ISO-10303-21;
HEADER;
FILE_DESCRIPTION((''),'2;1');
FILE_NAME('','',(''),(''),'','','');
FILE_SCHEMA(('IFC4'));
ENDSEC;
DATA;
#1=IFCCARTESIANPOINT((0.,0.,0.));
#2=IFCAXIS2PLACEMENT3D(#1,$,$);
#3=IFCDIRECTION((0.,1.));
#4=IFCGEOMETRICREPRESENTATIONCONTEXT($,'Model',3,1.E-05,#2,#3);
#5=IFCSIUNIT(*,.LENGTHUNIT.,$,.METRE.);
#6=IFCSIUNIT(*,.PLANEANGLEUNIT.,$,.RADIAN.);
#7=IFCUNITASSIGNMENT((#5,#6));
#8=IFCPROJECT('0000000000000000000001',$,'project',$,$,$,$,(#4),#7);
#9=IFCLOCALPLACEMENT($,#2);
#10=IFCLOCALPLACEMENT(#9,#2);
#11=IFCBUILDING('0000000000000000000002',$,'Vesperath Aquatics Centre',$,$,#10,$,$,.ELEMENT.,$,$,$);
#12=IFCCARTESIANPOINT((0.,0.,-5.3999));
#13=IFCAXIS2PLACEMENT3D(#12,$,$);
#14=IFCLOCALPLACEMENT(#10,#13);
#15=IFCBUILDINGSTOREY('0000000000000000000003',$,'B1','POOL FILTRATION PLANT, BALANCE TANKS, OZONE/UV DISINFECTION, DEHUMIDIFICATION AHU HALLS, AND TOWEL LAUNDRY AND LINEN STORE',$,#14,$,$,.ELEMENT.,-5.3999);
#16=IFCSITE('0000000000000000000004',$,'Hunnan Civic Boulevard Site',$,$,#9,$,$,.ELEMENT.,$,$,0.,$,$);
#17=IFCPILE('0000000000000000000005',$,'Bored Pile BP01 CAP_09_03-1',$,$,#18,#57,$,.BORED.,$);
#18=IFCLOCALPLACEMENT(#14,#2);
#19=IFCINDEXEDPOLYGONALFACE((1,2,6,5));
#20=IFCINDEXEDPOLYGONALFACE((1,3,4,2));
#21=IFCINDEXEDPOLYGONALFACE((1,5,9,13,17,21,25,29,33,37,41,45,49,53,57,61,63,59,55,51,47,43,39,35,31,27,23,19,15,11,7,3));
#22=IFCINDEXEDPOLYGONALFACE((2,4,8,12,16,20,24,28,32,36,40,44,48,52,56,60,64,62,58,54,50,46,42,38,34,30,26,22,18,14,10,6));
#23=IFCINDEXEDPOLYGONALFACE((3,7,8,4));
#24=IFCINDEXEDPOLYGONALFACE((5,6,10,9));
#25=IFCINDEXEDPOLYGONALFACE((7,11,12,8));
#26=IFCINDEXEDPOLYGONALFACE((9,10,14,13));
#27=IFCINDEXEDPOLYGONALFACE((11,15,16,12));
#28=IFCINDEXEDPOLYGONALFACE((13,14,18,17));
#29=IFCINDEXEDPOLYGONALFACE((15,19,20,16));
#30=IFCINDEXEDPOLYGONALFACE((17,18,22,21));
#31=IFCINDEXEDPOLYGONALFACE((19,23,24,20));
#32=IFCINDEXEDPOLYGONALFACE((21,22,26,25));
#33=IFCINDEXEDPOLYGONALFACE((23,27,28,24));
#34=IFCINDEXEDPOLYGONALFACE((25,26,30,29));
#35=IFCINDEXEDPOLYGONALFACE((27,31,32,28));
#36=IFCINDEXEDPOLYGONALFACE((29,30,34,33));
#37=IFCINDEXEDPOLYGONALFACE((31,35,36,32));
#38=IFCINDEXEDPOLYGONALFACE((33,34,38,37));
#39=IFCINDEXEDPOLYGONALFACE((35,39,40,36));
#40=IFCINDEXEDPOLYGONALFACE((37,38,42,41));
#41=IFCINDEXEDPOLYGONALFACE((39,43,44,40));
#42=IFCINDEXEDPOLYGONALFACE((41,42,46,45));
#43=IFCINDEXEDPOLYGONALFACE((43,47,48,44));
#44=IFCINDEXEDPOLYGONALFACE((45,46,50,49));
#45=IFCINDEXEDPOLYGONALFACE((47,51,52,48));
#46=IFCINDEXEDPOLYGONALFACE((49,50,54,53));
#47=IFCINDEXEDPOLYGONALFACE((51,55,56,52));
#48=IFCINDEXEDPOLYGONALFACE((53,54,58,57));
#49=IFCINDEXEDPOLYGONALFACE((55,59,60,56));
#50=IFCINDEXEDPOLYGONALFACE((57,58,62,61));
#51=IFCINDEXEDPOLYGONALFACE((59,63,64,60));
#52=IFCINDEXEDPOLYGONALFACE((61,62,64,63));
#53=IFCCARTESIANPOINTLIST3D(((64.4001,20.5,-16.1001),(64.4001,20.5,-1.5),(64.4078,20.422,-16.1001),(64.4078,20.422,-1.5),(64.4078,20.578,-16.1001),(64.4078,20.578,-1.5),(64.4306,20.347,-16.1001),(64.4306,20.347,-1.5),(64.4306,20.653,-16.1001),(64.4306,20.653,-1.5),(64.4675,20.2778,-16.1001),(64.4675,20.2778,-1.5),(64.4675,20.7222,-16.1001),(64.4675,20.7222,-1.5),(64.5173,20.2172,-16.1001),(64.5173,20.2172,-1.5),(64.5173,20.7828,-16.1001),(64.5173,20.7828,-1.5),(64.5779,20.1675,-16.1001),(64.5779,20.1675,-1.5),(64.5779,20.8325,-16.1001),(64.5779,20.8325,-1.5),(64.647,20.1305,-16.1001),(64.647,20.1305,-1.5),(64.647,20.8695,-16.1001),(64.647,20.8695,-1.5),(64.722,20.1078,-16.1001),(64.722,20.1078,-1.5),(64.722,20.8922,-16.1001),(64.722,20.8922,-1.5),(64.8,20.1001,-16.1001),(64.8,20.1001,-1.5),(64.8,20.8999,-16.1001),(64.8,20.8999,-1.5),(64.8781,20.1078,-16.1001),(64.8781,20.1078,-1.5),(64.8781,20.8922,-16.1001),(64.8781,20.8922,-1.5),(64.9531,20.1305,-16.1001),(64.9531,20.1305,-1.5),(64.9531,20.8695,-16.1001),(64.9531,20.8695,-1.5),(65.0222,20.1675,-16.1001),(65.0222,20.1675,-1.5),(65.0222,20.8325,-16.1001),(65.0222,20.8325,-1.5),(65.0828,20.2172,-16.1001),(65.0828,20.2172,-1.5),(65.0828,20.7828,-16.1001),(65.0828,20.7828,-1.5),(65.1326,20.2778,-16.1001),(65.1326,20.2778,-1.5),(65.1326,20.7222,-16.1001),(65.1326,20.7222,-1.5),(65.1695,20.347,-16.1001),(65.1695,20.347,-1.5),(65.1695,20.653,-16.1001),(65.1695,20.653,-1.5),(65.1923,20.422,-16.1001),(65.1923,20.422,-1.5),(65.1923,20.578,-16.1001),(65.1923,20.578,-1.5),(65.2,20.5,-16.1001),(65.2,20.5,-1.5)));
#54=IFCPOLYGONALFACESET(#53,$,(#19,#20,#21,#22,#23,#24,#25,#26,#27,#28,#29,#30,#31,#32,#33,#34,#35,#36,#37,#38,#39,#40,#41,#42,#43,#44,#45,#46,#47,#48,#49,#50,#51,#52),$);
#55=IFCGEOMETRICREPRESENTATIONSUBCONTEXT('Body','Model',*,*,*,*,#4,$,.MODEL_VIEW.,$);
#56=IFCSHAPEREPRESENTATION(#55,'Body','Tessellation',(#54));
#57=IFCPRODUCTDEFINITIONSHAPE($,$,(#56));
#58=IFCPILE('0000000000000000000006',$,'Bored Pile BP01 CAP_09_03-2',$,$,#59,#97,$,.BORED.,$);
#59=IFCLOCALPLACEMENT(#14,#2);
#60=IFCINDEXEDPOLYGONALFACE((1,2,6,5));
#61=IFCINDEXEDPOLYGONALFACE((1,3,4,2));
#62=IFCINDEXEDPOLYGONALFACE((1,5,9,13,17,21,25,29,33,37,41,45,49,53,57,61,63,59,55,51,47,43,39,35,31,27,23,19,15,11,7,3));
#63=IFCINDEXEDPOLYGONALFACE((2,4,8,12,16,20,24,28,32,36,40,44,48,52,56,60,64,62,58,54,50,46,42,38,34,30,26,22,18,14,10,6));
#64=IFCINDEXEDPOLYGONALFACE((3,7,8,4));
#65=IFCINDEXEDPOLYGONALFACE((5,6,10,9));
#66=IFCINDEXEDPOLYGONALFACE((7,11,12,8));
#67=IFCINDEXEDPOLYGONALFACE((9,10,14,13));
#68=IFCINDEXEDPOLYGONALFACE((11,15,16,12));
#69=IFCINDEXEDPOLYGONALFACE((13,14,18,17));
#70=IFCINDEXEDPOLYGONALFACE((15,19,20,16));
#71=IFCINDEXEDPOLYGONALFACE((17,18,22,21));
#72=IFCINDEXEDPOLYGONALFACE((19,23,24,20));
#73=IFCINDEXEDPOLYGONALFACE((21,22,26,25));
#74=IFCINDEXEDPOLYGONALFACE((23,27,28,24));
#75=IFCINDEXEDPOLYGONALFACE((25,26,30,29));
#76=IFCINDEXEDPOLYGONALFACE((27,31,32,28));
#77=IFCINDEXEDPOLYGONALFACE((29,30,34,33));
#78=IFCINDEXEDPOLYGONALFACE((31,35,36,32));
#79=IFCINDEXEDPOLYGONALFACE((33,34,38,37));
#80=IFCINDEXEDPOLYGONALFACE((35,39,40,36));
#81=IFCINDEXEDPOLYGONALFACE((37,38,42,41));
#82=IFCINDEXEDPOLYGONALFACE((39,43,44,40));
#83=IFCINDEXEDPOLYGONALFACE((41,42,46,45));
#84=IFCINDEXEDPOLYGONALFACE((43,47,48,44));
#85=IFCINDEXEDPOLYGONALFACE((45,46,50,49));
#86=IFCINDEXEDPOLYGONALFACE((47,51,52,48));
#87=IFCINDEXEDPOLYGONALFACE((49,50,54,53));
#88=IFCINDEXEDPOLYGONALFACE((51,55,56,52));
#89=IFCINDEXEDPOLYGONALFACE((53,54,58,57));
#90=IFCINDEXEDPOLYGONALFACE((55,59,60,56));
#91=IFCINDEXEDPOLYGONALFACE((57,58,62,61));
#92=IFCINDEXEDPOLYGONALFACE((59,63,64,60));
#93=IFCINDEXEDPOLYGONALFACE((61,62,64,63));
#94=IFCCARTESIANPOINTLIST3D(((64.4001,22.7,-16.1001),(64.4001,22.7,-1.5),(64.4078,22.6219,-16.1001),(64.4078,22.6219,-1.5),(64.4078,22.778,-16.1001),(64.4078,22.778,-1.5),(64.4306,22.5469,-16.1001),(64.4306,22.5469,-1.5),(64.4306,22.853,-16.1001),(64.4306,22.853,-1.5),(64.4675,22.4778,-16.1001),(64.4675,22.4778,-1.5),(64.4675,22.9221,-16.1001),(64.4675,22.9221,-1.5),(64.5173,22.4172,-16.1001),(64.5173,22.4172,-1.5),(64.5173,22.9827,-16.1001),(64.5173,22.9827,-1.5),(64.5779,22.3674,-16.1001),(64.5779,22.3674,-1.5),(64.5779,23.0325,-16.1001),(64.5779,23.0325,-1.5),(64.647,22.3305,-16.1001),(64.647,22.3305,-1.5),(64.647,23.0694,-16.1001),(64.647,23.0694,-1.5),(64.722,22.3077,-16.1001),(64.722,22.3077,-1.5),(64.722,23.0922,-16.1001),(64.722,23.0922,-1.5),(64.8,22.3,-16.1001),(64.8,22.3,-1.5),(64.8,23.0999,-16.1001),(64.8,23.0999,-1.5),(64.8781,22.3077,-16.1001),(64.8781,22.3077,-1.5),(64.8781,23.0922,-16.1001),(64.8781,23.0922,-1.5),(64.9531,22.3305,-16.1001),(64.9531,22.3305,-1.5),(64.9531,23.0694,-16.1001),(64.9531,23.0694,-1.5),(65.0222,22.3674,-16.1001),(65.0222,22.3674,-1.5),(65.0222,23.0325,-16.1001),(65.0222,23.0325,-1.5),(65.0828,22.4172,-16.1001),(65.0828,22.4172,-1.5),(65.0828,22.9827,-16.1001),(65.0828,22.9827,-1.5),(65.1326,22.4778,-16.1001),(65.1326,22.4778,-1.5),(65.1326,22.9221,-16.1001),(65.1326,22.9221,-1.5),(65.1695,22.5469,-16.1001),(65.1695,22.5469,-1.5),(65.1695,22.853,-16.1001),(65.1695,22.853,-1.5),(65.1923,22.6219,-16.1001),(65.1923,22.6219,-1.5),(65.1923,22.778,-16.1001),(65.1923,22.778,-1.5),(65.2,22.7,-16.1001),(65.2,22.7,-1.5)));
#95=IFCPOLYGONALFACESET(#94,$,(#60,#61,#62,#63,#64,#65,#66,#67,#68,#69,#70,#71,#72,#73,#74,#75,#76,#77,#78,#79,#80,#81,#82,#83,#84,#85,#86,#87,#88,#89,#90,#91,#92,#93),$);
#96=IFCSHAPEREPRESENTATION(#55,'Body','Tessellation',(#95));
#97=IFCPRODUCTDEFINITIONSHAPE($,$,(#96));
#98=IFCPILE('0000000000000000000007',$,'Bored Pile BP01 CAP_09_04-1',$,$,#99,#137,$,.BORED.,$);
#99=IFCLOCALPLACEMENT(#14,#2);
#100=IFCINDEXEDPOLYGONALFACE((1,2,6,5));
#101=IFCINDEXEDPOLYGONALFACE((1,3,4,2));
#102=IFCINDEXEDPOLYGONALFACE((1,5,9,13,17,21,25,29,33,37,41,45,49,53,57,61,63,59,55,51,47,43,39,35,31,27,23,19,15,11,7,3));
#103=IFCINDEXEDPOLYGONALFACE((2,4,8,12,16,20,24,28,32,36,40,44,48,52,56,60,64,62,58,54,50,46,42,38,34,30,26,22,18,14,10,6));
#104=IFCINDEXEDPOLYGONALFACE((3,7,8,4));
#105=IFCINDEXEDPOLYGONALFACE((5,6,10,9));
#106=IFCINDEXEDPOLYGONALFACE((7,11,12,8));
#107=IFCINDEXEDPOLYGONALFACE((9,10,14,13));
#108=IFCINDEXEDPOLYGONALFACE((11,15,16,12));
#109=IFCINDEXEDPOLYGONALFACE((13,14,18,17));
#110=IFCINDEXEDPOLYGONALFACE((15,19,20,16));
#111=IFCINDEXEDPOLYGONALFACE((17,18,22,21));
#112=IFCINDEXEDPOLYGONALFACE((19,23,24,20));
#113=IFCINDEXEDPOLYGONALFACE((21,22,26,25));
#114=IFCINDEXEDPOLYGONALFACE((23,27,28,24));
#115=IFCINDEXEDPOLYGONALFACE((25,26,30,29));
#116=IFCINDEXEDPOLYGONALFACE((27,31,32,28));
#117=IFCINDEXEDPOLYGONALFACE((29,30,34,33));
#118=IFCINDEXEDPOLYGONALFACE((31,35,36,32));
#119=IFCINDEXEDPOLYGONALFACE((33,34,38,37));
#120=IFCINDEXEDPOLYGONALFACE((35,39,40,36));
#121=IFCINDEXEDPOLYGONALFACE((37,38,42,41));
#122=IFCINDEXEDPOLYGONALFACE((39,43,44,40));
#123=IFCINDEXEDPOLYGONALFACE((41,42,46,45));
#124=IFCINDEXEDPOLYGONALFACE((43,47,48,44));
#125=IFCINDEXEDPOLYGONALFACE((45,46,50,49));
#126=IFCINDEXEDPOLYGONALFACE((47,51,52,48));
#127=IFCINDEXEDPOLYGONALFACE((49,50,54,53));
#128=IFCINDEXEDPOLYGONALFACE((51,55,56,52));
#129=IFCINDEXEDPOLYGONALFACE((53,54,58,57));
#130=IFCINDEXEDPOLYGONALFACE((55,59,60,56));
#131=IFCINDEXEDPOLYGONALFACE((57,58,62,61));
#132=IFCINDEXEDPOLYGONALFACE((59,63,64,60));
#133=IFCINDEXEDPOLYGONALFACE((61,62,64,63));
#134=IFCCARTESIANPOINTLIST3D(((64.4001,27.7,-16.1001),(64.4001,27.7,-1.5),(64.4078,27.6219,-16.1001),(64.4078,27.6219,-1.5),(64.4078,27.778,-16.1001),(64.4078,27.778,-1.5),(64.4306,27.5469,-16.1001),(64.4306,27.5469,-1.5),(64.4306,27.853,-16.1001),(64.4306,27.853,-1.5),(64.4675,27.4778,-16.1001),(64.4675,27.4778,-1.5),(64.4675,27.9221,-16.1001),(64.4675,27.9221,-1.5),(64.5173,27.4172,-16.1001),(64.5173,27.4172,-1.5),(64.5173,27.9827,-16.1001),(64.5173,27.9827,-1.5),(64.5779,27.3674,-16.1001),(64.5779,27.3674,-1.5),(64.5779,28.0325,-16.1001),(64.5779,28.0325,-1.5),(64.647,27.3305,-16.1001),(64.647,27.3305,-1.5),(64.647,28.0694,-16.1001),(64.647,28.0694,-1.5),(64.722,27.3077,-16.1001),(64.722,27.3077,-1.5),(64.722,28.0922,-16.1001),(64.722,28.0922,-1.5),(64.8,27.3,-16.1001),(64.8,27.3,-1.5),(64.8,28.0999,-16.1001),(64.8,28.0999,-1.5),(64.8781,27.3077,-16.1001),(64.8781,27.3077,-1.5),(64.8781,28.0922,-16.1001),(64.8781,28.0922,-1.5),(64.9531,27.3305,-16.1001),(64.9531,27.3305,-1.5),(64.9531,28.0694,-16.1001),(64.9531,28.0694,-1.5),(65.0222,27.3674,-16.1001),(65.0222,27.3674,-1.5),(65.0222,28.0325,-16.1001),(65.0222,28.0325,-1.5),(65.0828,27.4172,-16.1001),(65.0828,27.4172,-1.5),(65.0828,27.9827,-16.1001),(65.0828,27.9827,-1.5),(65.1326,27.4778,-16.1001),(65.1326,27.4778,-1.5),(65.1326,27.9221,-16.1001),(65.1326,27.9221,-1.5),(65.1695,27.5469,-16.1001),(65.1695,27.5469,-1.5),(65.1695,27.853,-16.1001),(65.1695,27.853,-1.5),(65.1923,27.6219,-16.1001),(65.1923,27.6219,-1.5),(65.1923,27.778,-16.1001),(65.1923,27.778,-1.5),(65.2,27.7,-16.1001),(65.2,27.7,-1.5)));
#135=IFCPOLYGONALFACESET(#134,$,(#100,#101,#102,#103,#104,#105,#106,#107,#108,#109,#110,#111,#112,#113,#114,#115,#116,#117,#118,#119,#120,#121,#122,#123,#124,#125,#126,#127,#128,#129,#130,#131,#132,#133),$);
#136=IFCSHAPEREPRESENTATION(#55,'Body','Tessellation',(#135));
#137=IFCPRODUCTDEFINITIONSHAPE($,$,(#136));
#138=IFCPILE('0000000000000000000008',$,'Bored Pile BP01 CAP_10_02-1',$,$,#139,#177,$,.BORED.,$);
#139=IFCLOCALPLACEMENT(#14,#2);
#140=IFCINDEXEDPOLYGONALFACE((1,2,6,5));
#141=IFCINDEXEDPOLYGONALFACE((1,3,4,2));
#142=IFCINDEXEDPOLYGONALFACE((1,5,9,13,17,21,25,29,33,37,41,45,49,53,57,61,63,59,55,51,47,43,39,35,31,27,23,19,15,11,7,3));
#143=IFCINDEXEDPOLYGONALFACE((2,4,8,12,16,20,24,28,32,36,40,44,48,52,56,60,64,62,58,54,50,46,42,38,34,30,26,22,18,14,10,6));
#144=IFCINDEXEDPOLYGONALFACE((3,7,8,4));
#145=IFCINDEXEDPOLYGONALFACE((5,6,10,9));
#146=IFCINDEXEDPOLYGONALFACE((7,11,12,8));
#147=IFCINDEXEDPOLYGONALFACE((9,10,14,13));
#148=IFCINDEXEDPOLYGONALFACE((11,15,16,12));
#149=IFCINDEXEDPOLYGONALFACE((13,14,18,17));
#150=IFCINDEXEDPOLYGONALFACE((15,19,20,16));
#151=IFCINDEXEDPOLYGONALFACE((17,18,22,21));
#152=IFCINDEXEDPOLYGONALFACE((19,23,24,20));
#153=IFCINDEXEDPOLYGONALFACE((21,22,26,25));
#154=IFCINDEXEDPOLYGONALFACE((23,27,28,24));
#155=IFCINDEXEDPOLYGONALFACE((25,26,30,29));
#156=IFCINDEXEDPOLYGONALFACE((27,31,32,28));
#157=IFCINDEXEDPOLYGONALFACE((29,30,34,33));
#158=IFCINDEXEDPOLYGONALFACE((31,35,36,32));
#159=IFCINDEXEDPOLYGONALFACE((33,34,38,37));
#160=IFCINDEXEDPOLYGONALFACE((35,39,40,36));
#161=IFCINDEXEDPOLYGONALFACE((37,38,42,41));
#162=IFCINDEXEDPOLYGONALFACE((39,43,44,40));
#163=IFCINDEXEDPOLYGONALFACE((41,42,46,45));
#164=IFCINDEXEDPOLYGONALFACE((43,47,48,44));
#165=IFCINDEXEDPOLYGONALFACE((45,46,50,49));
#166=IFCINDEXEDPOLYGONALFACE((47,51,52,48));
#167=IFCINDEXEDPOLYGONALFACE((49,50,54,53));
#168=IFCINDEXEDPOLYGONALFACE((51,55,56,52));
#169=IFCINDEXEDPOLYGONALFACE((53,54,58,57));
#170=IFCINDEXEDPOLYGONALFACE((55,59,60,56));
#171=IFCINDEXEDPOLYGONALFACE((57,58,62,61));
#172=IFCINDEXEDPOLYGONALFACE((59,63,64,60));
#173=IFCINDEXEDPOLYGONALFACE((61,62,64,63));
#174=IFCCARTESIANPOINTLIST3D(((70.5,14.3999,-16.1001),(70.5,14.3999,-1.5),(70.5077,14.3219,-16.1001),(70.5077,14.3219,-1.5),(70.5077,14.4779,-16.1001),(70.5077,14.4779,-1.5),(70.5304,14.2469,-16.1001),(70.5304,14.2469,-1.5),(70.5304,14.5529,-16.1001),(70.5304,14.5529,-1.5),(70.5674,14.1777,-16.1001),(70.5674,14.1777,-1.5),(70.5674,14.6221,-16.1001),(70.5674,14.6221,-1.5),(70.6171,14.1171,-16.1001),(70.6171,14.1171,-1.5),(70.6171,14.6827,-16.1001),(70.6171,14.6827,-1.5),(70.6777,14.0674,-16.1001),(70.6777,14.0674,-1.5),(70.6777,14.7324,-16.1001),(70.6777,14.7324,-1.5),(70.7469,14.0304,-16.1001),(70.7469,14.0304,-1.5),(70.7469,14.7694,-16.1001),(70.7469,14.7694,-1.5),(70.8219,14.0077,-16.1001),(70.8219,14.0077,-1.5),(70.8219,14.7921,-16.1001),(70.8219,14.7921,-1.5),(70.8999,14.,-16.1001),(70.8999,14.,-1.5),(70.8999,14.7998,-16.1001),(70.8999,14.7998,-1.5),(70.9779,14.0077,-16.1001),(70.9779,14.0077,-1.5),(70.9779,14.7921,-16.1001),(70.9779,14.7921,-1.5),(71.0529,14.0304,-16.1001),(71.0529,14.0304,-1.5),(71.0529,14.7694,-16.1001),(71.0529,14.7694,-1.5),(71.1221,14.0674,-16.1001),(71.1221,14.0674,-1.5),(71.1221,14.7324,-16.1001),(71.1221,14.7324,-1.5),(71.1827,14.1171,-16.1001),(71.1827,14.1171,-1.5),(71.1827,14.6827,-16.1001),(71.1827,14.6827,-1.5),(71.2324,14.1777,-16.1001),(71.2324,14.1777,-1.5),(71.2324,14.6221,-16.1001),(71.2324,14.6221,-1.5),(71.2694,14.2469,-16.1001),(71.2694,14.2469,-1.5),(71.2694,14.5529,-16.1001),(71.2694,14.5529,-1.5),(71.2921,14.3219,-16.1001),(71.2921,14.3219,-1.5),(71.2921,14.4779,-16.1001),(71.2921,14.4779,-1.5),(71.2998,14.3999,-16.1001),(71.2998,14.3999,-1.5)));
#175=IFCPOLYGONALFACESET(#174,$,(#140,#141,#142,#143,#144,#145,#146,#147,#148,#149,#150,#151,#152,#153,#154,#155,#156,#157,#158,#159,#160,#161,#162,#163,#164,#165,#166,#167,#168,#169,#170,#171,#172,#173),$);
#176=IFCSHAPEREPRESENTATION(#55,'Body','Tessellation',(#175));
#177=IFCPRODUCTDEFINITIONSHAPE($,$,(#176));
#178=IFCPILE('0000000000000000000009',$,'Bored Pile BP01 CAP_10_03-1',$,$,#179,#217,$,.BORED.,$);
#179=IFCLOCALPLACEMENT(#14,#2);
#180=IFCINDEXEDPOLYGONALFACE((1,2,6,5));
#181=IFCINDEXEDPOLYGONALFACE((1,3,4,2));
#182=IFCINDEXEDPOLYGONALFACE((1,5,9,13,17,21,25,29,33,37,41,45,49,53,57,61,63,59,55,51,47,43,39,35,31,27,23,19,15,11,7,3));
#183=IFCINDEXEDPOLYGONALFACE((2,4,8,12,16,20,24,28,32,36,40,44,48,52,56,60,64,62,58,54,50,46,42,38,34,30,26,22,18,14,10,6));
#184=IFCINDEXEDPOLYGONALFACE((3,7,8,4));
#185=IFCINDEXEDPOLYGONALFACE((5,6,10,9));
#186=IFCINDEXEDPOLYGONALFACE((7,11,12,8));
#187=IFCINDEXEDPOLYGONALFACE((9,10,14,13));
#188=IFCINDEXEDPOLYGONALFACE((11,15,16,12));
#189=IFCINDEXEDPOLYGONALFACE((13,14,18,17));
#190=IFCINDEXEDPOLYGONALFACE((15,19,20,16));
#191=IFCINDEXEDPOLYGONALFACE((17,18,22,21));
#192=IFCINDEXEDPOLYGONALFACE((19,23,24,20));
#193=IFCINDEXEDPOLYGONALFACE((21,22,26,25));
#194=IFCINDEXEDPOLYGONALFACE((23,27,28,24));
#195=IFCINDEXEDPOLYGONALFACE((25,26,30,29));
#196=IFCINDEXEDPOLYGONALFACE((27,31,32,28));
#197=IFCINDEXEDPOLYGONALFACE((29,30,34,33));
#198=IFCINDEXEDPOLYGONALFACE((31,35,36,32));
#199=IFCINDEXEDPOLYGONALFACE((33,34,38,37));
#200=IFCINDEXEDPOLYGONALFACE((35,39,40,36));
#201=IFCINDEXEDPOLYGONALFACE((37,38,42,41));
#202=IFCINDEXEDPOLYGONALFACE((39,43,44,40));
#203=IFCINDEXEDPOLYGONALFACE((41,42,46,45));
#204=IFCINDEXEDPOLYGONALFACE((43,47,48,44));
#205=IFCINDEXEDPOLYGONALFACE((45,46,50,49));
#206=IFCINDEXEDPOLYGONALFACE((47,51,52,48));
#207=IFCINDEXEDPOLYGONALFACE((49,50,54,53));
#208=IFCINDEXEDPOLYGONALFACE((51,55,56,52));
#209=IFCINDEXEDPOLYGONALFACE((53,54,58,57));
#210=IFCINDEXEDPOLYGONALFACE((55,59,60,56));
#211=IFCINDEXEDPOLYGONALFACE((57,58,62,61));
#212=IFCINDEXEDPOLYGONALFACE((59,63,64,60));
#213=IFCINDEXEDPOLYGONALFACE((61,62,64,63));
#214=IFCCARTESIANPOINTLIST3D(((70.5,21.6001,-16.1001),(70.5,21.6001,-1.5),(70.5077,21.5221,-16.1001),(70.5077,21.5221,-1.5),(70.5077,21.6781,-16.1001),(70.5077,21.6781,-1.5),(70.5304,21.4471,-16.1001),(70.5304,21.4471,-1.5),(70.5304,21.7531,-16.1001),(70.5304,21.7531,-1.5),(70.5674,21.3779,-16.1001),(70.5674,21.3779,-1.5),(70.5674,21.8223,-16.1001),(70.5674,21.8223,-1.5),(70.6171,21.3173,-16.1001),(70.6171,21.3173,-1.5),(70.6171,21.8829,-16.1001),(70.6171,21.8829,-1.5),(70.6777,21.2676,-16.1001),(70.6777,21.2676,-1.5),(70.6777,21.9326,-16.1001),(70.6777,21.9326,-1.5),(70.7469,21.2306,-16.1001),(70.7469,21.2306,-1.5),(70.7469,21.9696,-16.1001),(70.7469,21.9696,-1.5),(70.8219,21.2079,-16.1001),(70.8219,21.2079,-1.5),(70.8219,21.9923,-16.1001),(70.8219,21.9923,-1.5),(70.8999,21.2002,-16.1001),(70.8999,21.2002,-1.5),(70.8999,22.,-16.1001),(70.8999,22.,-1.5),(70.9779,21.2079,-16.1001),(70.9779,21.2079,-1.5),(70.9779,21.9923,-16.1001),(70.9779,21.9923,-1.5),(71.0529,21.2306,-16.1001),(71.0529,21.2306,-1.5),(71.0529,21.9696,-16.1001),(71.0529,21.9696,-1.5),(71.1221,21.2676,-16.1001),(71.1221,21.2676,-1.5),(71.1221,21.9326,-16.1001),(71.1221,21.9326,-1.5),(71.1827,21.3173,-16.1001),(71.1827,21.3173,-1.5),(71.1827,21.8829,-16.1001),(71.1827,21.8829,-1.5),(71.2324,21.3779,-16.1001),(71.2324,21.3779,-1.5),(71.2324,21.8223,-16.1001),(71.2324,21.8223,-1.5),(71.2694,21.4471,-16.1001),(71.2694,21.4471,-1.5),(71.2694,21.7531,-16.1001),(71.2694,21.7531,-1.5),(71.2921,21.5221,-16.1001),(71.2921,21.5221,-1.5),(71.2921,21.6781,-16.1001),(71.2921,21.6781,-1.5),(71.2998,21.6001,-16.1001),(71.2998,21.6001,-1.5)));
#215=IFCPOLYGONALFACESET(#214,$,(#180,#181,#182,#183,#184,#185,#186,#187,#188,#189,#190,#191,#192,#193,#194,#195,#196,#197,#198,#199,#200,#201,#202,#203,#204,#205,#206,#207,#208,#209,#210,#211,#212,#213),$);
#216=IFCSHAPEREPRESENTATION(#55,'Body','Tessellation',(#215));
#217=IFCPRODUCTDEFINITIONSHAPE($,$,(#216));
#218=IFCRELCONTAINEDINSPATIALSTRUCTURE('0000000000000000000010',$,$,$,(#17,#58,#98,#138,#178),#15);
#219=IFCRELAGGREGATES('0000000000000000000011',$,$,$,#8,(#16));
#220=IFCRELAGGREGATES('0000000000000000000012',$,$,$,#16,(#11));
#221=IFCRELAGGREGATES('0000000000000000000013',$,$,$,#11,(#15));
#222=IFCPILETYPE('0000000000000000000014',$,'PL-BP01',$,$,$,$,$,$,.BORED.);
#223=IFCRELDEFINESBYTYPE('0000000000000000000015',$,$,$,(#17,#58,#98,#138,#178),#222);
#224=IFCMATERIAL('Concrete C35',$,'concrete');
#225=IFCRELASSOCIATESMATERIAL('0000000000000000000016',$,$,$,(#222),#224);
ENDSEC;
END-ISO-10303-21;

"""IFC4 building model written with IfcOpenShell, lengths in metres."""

from ifc_helpers import new_model, si_unit, direction, frame, origin, origin_2d, place, context, subcontext, project, spatial, circle, extrude, material, material_profile, profile_set, type_object, element, save


model = new_model("IFC4")

# Units and contexts
model_context = context("Model", 3, precision=1e-05, world=origin(), true_north=direction((0.0, 1.0)))
body_context = subcontext(model_context, "Body", "Model", "MODEL_VIEW")
ifc_project = project(units=[si_unit("LENGTHUNIT", "METRE"), si_unit("PLANEANGLEUNIT", "RADIAN")], contexts=[model_context])

# Site, building, storey
site_placement = place(None, origin())
site = spatial("IfcSite", under=ifc_project, at=site_placement, Name="Hunnan Civic Boulevard Site", CompositionType="ELEMENT", RefElevation=0.0)
building_placement = place(site_placement, origin())
building = spatial("IfcBuilding", under=site, at=building_placement, Name="Vesperath Aquatics Centre", CompositionType="ELEMENT")
storey_placement = place(building_placement, frame((0.0, 0.0, -5.3999)))
storey = spatial("IfcBuildingStorey", under=building, at=storey_placement, Name="B1", Description="POOL FILTRATION PLANT, BALANCE TANKS, OZONE/UV DISINFECTION, DEHUMIDIFICATION AHU HALLS, AND TOWEL LAUNDRY AND LINEN STORE", CompositionType="ELEMENT", Elevation=-5.3999)

# Piles
ifc_material_1 = material(Name="Concrete C35", Category="concrete")
ifc_material_profile_1 = material_profile(ifc_material_1, circle(Radius=0.3999, at=origin_2d()), Name="PILE D800")
ifc_profile_set_1 = profile_set([ifc_material_profile_1], Name="Concrete C35")
pile_type_1 = type_object("IfcPileType", Name="PL-BP01", PredefinedType="BORED", material=ifc_profile_set_1)
for number, where, z_axis, x_axis, name in (
    (1, (64.8, 20.5, -1.5), (0.0, 0.0, -1.0), (1.0, 0.0, 0.0), "Bored Pile BP01 CAP_09_03-1"),
    (2, (64.8, 22.7, -1.5), (0.0, 0.0, -1.0), (1.0, 0.0, 0.0), "Bored Pile BP01 CAP_09_03-2"),
    (3, (64.8, 27.7, -1.5), (0.0, 0.0, -1.0), (1.0, 0.0, 0.0), "Bored Pile BP01 CAP_09_04-1"),
    (4, (70.8999, 14.3999, -1.5), (0.0, 0.0, -1.0), (1.0, 0.0, 0.0), "Bored Pile BP01 CAP_10_02-1"),
    (5, (70.8999, 21.6001, -1.5), (0.0, 0.0, -1.0), (1.0, 0.0, 0.0), "Bored Pile BP01 CAP_10_03-1"),
):
    element("IfcPile", number, at=place(storey_placement, frame(where, z_axis=z_axis, x_axis=x_axis)), inside=storey, type_object=pile_type_1, Name=name, PredefinedType="BORED", context=body_context, shape_type="SweptSolid", body=[
        extrude(circle(Radius=0.3999, at=origin_2d()), origin(), (0.0, 0.0, 1.0), 14.6001),
    ])

save(model, "model.ifc")
